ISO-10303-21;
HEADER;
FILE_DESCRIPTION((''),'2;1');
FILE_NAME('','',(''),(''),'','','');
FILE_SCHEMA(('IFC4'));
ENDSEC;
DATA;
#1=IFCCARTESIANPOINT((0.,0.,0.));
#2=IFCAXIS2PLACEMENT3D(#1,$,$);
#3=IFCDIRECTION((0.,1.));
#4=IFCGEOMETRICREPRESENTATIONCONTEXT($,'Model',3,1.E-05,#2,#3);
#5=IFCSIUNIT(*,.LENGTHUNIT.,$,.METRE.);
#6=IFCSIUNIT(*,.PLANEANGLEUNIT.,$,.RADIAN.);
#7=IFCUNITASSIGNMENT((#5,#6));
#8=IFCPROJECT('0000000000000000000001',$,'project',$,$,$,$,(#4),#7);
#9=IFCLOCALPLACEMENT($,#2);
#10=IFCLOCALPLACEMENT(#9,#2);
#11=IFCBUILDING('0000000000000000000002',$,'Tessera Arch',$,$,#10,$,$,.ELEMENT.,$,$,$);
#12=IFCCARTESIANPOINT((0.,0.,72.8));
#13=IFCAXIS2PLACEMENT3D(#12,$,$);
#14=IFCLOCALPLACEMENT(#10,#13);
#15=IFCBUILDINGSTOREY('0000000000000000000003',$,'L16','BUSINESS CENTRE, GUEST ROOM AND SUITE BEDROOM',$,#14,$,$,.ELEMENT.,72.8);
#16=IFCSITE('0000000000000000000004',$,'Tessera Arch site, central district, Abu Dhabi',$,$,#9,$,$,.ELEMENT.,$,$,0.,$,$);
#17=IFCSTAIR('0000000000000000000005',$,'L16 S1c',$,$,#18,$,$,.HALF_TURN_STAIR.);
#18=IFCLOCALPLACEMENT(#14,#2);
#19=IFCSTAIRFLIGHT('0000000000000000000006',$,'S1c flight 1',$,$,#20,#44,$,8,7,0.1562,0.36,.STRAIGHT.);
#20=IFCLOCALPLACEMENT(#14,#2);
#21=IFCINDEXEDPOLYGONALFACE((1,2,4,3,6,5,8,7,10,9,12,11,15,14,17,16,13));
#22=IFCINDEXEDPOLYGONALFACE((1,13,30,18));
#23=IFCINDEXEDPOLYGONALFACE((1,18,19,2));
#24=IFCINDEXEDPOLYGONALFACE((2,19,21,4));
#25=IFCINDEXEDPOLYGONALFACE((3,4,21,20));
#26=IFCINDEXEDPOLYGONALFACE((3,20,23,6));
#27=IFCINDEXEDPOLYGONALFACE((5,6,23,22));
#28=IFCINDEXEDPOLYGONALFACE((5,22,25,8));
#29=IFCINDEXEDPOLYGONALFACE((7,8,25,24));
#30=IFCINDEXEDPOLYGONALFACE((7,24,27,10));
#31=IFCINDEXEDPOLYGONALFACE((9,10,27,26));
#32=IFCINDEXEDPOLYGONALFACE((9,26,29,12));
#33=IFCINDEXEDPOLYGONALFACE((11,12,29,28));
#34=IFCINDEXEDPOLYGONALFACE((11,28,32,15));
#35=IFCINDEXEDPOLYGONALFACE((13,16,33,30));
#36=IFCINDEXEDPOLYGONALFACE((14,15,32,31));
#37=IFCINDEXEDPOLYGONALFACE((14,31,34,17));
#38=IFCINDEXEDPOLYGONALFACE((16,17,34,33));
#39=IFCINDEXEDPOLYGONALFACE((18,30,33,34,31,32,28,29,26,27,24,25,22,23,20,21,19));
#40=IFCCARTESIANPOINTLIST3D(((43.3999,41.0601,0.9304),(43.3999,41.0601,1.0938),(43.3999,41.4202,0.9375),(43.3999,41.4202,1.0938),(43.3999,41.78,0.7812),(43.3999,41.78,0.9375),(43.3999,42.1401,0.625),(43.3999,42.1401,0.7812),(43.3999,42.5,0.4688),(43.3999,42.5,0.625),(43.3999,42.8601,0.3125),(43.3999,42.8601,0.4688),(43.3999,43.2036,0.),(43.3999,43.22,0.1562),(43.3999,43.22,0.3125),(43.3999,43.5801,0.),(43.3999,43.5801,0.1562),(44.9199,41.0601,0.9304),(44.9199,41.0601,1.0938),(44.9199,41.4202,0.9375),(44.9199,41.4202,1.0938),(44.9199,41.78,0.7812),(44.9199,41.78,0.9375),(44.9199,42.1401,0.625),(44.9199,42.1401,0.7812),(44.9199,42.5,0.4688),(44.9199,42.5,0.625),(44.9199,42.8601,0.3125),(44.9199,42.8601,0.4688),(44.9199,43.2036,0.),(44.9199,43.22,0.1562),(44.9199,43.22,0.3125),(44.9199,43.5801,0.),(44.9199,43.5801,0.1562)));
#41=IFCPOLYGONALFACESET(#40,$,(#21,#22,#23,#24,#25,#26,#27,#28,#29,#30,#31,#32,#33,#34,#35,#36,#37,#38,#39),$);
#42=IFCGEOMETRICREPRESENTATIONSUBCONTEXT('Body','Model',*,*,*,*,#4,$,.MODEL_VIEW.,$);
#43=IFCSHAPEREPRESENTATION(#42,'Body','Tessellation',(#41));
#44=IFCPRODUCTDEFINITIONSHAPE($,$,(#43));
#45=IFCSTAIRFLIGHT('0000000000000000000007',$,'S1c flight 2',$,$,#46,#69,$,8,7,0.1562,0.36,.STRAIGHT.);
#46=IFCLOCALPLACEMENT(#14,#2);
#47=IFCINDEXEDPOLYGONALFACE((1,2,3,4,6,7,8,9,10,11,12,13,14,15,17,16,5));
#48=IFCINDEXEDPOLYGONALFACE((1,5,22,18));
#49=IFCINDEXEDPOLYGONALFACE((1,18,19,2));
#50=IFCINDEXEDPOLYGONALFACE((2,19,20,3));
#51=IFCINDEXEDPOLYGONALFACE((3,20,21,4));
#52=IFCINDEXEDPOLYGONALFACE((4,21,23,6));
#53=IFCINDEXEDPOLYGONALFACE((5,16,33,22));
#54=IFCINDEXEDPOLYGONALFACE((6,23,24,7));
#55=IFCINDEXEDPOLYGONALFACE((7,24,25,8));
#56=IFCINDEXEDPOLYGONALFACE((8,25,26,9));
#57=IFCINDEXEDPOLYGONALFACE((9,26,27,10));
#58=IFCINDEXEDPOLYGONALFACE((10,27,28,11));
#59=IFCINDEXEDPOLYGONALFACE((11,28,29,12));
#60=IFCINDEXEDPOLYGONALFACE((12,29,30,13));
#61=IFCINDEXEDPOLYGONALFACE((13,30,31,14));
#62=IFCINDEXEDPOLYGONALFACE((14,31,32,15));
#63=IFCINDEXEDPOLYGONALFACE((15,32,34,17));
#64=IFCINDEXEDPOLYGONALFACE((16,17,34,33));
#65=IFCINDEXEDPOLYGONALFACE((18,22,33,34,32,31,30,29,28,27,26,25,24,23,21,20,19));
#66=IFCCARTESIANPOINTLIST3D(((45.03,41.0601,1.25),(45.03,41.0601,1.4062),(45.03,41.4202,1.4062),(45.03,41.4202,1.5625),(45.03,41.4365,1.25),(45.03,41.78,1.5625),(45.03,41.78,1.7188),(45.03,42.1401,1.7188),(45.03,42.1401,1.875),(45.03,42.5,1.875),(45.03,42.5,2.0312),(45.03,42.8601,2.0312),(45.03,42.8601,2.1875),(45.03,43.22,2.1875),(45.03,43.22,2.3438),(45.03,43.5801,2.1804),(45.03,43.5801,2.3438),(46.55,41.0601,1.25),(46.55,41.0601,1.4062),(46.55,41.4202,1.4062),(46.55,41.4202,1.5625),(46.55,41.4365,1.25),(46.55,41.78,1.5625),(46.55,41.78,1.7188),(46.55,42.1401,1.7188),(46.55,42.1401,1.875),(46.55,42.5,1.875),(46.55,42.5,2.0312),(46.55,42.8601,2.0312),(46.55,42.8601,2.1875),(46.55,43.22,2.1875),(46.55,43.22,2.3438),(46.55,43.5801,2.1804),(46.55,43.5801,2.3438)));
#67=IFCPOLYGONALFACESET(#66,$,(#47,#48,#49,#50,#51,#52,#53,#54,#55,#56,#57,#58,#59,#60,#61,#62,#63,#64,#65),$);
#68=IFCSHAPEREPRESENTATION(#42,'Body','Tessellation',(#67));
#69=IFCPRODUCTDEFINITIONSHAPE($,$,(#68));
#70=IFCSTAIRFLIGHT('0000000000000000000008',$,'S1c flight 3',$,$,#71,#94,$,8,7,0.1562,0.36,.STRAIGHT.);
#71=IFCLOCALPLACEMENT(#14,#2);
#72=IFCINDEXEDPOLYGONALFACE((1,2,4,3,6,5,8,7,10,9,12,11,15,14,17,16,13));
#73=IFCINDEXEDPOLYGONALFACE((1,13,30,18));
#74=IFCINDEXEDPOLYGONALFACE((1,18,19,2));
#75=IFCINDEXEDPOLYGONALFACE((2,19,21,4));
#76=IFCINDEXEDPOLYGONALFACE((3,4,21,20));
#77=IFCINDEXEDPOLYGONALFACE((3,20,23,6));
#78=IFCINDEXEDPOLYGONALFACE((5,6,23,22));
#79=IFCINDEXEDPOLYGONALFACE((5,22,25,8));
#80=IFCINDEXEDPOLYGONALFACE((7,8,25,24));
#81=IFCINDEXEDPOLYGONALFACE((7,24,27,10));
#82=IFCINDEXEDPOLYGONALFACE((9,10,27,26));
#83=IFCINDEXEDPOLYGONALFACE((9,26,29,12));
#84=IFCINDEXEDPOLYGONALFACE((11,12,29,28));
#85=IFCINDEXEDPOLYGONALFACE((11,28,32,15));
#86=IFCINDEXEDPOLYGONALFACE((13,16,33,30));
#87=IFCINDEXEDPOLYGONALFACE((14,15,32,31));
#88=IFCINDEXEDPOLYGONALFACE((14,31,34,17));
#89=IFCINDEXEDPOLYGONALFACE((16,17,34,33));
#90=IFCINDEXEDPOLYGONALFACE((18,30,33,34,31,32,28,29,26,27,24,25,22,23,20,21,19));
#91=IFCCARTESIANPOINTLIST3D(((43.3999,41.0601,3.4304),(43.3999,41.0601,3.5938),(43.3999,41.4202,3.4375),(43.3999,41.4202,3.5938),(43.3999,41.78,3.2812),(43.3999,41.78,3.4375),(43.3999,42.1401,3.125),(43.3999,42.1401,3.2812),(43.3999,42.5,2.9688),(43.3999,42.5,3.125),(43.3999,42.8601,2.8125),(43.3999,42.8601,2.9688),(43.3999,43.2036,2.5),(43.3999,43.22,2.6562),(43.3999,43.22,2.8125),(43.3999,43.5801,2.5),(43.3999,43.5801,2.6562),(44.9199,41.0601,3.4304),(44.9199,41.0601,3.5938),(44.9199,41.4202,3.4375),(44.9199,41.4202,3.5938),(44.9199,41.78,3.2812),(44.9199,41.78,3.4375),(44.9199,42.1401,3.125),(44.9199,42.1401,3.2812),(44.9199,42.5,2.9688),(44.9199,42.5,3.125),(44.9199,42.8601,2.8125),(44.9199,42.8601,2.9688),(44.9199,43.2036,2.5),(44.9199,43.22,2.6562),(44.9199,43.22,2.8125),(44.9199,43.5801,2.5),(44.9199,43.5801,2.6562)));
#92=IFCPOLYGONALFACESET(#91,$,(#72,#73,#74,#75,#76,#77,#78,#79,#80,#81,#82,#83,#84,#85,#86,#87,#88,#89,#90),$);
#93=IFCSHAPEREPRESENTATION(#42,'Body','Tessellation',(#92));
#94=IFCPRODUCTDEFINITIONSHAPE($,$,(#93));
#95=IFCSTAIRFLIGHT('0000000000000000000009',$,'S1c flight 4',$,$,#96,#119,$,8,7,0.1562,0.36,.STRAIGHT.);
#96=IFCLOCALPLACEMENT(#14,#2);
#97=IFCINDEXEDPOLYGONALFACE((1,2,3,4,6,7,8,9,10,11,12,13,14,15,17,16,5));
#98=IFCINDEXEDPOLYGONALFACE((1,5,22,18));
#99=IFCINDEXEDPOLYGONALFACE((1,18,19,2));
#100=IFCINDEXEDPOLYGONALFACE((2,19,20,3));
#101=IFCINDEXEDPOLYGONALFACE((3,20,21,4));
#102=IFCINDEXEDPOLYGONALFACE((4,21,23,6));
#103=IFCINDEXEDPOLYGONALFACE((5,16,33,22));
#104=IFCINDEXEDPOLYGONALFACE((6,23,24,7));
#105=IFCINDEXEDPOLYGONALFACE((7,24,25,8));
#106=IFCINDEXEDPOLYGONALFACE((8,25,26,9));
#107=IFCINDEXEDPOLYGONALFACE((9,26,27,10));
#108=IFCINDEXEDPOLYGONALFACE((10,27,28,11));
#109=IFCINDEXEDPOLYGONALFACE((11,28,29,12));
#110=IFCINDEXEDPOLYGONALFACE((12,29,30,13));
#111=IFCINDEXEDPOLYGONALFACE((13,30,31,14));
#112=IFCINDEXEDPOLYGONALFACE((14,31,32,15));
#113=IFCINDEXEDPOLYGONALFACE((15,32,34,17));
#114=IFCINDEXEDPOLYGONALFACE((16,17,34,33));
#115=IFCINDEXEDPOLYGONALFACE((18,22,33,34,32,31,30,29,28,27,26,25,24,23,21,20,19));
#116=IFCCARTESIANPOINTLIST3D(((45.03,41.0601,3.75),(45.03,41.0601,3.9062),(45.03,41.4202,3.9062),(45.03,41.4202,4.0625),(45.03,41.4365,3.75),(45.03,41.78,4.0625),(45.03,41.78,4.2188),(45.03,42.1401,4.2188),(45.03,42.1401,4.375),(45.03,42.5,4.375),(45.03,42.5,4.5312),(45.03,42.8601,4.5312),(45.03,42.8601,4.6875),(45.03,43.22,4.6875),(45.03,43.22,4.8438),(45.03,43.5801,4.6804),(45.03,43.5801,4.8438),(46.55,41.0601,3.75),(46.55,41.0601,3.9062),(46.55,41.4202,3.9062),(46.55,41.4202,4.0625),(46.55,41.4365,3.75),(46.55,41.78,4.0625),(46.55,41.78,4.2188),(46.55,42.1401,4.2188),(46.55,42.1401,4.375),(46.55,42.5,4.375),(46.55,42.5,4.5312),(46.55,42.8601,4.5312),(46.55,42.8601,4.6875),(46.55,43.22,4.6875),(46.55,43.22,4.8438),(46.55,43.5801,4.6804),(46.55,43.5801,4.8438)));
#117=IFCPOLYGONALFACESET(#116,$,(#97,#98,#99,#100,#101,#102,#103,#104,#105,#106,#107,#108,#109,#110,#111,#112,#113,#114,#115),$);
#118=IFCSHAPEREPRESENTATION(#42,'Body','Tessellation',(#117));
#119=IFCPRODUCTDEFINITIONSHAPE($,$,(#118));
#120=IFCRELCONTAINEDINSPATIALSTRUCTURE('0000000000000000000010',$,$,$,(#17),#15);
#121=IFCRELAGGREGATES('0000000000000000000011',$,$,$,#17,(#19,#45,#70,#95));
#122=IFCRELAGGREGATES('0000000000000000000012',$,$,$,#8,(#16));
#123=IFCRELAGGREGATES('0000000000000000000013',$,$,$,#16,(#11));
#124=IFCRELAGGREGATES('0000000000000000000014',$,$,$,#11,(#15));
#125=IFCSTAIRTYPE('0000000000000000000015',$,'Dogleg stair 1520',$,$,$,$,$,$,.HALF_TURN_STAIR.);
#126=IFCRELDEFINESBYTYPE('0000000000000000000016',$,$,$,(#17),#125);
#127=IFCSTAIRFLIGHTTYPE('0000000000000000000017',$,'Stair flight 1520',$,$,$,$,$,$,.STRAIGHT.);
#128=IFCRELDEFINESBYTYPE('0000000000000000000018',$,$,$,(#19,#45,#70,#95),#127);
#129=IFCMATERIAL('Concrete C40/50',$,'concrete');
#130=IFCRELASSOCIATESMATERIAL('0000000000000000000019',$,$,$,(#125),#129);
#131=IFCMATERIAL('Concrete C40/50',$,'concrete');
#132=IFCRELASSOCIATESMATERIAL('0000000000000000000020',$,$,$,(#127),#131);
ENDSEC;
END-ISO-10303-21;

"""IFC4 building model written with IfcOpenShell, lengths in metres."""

from ifc_helpers import new_model, si_unit, direction, frame, origin, place, context, subcontext, project, spatial, polyline, outline, extrude, material, type_object, element, aggregate, save


model = new_model("IFC4")

# Units and contexts
model_context = context("Model", 3, precision=1e-05, world=origin(), true_north=direction((0.0, 1.0)))
body_context = subcontext(model_context, "Body", "Model", "MODEL_VIEW")
ifc_project = project(units=[si_unit("LENGTHUNIT", "METRE"), si_unit("PLANEANGLEUNIT", "RADIAN")], contexts=[model_context])

# Site, building, storey
site_placement = place(None, origin())
site = spatial("IfcSite", under=ifc_project, at=site_placement, Name="Tessera Arch site, central district, Abu Dhabi", CompositionType="ELEMENT", RefElevation=0.0)
building_placement = place(site_placement, origin())
building = spatial("IfcBuilding", under=site, at=building_placement, Name="Tessera Arch", CompositionType="ELEMENT")
storey_placement = place(building_placement, frame((0.0, 0.0, 72.8)))
storey = spatial("IfcBuildingStorey", under=building, at=storey_placement, Name="L16", Description="BUSINESS CENTRE, GUEST ROOM AND SUITE BEDROOM", CompositionType="ELEMENT", Elevation=72.8)

# Stair, stair flights
ifc_material_1 = material(Name="Concrete C40/50", Category="concrete")
stair_type = type_object("IfcStairType", Name="Dogleg stair 1520", PredefinedType="HALF_TURN_STAIR", material=ifc_material_1)
stair_placement = place(storey_placement, origin())
stair = element("IfcStair", 1, at=stair_placement, inside=storey, type_object=stair_type, Name="L16 S1c", PredefinedType="HALF_TURN_STAIR")
ifc_material_2 = material(Name="Concrete C40/50", Category="concrete")
stair_flight_type = type_object("IfcStairFlightType", Name="Stair flight 1520", PredefinedType="STRAIGHT", material=ifc_material_2)
stair_flight_1_placement = place(storey_placement, frame((44.1599, 43.5801, 0.0), z_axis=(0.0, 0.0, 1.0), x_axis=(0.0, -1.0, 0.0)))
stair_flight_1 = element("IfcStairFlight", 2, at=stair_flight_1_placement, type_object=stair_flight_type, Name="S1c flight 1", NumberOfRisers=8, NumberOfTreads=7, PredefinedType="STRAIGHT", RiserHeight=0.1562, TreadLength=0.36, context=body_context, shape_type="SweptSolid", body=[
    extrude(outline(polyline([(0.0, 0.0), (0.0, 0.1562), (0.3601, 0.1562), (0.3601, 0.3125), (0.72, 0.3125), (0.72, 0.4688), (1.0801, 0.4688), (1.0801, 0.625), (1.4399, 0.625), (1.4399, 0.7812), (1.8, 0.7812), (1.8, 0.9375), (2.1599, 0.9375), (2.1599, 1.0938), (2.52, 1.0938), (2.52, 1.25), (2.52, 0.9304), (0.3765, 0.0), (0.0, 0.0)])), frame((0.0, 0.76, 0.0), z_axis=(0.0, -1.0, 0.0), x_axis=(1.0, 0.0, 0.0)), (0.0, 0.0, 1.0), 1.52),
])
stair_flight_2_placement = place(storey_placement, frame((45.79, 41.0601, 1.25), z_axis=(0.0, 0.0, 1.0), x_axis=(0.0, 1.0, 0.0)))
stair_flight_2 = element("IfcStairFlight", 3, at=stair_flight_2_placement, type_object=stair_flight_type, Name="S1c flight 2", NumberOfRisers=8, NumberOfTreads=7, PredefinedType="STRAIGHT", RiserHeight=0.1562, TreadLength=0.36, context=body_context, shape_type="SweptSolid", body=[
    extrude(outline(polyline([(0.0, 0.0), (0.0, 0.1562), (0.3601, 0.1562), (0.3601, 0.3125), (0.72, 0.3125), (0.72, 0.4688), (1.0801, 0.4688), (1.0801, 0.625), (1.4399, 0.625), (1.4399, 0.7812), (1.8, 0.7812), (1.8, 0.9375), (2.1599, 0.9375), (2.1599, 1.0938), (2.52, 1.0938), (2.52, 1.25), (2.52, 0.9304), (0.3765, 0.0), (0.0, 0.0)])), frame((0.0, 0.76, 0.0), z_axis=(0.0, -1.0, 0.0), x_axis=(1.0, 0.0, 0.0)), (0.0, 0.0, 1.0), 1.52),
])
stair_flight_3_placement = place(storey_placement, frame((44.1599, 43.5801, 2.5), z_axis=(0.0, 0.0, 1.0), x_axis=(0.0, -1.0, 0.0)))
stair_flight_3 = element("IfcStairFlight", 4, at=stair_flight_3_placement, type_object=stair_flight_type, Name="S1c flight 3", NumberOfRisers=8, NumberOfTreads=7, PredefinedType="STRAIGHT", RiserHeight=0.1562, TreadLength=0.36, context=body_context, shape_type="SweptSolid", body=[
    extrude(outline(polyline([(0.0, 0.0), (0.0, 0.1562), (0.3601, 0.1562), (0.3601, 0.3125), (0.72, 0.3125), (0.72, 0.4688), (1.0801, 0.4688), (1.0801, 0.625), (1.4399, 0.625), (1.4399, 0.7812), (1.8, 0.7812), (1.8, 0.9375), (2.1599, 0.9375), (2.1599, 1.0938), (2.52, 1.0938), (2.52, 1.25), (2.52, 0.9304), (0.3765, 0.0), (0.0, 0.0)])), frame((0.0, 0.76, 0.0), z_axis=(0.0, -1.0, 0.0), x_axis=(1.0, 0.0, 0.0)), (0.0, 0.0, 1.0), 1.52),
])
stair_flight_4_placement = place(storey_placement, frame((45.79, 41.0601, 3.75), z_axis=(0.0, 0.0, 1.0), x_axis=(0.0, 1.0, 0.0)))
stair_flight_4 = element("IfcStairFlight", 5, at=stair_flight_4_placement, type_object=stair_flight_type, Name="S1c flight 4", NumberOfRisers=8, NumberOfTreads=7, PredefinedType="STRAIGHT", RiserHeight=0.1562, TreadLength=0.36, context=body_context, shape_type="SweptSolid", body=[
    extrude(outline(polyline([(0.0, 0.0), (0.0, 0.1562), (0.3601, 0.1562), (0.3601, 0.3125), (0.72, 0.3125), (0.72, 0.4688), (1.0801, 0.4688), (1.0801, 0.625), (1.4399, 0.625), (1.4399, 0.7812), (1.8, 0.7812), (1.8, 0.9375), (2.1599, 0.9375), (2.1599, 1.0938), (2.52, 1.0938), (2.52, 1.25), (2.52, 0.9304), (0.3765, 0.0), (0.0, 0.0)])), frame((0.0, 0.76, 0.0), z_axis=(0.0, -1.0, 0.0), x_axis=(1.0, 0.0, 0.0)), (0.0, 0.0, 1.0), 1.52),
])
aggregate(stair, [stair_flight_1, stair_flight_2, stair_flight_3, stair_flight_4])

save(model, "model.ifc")
